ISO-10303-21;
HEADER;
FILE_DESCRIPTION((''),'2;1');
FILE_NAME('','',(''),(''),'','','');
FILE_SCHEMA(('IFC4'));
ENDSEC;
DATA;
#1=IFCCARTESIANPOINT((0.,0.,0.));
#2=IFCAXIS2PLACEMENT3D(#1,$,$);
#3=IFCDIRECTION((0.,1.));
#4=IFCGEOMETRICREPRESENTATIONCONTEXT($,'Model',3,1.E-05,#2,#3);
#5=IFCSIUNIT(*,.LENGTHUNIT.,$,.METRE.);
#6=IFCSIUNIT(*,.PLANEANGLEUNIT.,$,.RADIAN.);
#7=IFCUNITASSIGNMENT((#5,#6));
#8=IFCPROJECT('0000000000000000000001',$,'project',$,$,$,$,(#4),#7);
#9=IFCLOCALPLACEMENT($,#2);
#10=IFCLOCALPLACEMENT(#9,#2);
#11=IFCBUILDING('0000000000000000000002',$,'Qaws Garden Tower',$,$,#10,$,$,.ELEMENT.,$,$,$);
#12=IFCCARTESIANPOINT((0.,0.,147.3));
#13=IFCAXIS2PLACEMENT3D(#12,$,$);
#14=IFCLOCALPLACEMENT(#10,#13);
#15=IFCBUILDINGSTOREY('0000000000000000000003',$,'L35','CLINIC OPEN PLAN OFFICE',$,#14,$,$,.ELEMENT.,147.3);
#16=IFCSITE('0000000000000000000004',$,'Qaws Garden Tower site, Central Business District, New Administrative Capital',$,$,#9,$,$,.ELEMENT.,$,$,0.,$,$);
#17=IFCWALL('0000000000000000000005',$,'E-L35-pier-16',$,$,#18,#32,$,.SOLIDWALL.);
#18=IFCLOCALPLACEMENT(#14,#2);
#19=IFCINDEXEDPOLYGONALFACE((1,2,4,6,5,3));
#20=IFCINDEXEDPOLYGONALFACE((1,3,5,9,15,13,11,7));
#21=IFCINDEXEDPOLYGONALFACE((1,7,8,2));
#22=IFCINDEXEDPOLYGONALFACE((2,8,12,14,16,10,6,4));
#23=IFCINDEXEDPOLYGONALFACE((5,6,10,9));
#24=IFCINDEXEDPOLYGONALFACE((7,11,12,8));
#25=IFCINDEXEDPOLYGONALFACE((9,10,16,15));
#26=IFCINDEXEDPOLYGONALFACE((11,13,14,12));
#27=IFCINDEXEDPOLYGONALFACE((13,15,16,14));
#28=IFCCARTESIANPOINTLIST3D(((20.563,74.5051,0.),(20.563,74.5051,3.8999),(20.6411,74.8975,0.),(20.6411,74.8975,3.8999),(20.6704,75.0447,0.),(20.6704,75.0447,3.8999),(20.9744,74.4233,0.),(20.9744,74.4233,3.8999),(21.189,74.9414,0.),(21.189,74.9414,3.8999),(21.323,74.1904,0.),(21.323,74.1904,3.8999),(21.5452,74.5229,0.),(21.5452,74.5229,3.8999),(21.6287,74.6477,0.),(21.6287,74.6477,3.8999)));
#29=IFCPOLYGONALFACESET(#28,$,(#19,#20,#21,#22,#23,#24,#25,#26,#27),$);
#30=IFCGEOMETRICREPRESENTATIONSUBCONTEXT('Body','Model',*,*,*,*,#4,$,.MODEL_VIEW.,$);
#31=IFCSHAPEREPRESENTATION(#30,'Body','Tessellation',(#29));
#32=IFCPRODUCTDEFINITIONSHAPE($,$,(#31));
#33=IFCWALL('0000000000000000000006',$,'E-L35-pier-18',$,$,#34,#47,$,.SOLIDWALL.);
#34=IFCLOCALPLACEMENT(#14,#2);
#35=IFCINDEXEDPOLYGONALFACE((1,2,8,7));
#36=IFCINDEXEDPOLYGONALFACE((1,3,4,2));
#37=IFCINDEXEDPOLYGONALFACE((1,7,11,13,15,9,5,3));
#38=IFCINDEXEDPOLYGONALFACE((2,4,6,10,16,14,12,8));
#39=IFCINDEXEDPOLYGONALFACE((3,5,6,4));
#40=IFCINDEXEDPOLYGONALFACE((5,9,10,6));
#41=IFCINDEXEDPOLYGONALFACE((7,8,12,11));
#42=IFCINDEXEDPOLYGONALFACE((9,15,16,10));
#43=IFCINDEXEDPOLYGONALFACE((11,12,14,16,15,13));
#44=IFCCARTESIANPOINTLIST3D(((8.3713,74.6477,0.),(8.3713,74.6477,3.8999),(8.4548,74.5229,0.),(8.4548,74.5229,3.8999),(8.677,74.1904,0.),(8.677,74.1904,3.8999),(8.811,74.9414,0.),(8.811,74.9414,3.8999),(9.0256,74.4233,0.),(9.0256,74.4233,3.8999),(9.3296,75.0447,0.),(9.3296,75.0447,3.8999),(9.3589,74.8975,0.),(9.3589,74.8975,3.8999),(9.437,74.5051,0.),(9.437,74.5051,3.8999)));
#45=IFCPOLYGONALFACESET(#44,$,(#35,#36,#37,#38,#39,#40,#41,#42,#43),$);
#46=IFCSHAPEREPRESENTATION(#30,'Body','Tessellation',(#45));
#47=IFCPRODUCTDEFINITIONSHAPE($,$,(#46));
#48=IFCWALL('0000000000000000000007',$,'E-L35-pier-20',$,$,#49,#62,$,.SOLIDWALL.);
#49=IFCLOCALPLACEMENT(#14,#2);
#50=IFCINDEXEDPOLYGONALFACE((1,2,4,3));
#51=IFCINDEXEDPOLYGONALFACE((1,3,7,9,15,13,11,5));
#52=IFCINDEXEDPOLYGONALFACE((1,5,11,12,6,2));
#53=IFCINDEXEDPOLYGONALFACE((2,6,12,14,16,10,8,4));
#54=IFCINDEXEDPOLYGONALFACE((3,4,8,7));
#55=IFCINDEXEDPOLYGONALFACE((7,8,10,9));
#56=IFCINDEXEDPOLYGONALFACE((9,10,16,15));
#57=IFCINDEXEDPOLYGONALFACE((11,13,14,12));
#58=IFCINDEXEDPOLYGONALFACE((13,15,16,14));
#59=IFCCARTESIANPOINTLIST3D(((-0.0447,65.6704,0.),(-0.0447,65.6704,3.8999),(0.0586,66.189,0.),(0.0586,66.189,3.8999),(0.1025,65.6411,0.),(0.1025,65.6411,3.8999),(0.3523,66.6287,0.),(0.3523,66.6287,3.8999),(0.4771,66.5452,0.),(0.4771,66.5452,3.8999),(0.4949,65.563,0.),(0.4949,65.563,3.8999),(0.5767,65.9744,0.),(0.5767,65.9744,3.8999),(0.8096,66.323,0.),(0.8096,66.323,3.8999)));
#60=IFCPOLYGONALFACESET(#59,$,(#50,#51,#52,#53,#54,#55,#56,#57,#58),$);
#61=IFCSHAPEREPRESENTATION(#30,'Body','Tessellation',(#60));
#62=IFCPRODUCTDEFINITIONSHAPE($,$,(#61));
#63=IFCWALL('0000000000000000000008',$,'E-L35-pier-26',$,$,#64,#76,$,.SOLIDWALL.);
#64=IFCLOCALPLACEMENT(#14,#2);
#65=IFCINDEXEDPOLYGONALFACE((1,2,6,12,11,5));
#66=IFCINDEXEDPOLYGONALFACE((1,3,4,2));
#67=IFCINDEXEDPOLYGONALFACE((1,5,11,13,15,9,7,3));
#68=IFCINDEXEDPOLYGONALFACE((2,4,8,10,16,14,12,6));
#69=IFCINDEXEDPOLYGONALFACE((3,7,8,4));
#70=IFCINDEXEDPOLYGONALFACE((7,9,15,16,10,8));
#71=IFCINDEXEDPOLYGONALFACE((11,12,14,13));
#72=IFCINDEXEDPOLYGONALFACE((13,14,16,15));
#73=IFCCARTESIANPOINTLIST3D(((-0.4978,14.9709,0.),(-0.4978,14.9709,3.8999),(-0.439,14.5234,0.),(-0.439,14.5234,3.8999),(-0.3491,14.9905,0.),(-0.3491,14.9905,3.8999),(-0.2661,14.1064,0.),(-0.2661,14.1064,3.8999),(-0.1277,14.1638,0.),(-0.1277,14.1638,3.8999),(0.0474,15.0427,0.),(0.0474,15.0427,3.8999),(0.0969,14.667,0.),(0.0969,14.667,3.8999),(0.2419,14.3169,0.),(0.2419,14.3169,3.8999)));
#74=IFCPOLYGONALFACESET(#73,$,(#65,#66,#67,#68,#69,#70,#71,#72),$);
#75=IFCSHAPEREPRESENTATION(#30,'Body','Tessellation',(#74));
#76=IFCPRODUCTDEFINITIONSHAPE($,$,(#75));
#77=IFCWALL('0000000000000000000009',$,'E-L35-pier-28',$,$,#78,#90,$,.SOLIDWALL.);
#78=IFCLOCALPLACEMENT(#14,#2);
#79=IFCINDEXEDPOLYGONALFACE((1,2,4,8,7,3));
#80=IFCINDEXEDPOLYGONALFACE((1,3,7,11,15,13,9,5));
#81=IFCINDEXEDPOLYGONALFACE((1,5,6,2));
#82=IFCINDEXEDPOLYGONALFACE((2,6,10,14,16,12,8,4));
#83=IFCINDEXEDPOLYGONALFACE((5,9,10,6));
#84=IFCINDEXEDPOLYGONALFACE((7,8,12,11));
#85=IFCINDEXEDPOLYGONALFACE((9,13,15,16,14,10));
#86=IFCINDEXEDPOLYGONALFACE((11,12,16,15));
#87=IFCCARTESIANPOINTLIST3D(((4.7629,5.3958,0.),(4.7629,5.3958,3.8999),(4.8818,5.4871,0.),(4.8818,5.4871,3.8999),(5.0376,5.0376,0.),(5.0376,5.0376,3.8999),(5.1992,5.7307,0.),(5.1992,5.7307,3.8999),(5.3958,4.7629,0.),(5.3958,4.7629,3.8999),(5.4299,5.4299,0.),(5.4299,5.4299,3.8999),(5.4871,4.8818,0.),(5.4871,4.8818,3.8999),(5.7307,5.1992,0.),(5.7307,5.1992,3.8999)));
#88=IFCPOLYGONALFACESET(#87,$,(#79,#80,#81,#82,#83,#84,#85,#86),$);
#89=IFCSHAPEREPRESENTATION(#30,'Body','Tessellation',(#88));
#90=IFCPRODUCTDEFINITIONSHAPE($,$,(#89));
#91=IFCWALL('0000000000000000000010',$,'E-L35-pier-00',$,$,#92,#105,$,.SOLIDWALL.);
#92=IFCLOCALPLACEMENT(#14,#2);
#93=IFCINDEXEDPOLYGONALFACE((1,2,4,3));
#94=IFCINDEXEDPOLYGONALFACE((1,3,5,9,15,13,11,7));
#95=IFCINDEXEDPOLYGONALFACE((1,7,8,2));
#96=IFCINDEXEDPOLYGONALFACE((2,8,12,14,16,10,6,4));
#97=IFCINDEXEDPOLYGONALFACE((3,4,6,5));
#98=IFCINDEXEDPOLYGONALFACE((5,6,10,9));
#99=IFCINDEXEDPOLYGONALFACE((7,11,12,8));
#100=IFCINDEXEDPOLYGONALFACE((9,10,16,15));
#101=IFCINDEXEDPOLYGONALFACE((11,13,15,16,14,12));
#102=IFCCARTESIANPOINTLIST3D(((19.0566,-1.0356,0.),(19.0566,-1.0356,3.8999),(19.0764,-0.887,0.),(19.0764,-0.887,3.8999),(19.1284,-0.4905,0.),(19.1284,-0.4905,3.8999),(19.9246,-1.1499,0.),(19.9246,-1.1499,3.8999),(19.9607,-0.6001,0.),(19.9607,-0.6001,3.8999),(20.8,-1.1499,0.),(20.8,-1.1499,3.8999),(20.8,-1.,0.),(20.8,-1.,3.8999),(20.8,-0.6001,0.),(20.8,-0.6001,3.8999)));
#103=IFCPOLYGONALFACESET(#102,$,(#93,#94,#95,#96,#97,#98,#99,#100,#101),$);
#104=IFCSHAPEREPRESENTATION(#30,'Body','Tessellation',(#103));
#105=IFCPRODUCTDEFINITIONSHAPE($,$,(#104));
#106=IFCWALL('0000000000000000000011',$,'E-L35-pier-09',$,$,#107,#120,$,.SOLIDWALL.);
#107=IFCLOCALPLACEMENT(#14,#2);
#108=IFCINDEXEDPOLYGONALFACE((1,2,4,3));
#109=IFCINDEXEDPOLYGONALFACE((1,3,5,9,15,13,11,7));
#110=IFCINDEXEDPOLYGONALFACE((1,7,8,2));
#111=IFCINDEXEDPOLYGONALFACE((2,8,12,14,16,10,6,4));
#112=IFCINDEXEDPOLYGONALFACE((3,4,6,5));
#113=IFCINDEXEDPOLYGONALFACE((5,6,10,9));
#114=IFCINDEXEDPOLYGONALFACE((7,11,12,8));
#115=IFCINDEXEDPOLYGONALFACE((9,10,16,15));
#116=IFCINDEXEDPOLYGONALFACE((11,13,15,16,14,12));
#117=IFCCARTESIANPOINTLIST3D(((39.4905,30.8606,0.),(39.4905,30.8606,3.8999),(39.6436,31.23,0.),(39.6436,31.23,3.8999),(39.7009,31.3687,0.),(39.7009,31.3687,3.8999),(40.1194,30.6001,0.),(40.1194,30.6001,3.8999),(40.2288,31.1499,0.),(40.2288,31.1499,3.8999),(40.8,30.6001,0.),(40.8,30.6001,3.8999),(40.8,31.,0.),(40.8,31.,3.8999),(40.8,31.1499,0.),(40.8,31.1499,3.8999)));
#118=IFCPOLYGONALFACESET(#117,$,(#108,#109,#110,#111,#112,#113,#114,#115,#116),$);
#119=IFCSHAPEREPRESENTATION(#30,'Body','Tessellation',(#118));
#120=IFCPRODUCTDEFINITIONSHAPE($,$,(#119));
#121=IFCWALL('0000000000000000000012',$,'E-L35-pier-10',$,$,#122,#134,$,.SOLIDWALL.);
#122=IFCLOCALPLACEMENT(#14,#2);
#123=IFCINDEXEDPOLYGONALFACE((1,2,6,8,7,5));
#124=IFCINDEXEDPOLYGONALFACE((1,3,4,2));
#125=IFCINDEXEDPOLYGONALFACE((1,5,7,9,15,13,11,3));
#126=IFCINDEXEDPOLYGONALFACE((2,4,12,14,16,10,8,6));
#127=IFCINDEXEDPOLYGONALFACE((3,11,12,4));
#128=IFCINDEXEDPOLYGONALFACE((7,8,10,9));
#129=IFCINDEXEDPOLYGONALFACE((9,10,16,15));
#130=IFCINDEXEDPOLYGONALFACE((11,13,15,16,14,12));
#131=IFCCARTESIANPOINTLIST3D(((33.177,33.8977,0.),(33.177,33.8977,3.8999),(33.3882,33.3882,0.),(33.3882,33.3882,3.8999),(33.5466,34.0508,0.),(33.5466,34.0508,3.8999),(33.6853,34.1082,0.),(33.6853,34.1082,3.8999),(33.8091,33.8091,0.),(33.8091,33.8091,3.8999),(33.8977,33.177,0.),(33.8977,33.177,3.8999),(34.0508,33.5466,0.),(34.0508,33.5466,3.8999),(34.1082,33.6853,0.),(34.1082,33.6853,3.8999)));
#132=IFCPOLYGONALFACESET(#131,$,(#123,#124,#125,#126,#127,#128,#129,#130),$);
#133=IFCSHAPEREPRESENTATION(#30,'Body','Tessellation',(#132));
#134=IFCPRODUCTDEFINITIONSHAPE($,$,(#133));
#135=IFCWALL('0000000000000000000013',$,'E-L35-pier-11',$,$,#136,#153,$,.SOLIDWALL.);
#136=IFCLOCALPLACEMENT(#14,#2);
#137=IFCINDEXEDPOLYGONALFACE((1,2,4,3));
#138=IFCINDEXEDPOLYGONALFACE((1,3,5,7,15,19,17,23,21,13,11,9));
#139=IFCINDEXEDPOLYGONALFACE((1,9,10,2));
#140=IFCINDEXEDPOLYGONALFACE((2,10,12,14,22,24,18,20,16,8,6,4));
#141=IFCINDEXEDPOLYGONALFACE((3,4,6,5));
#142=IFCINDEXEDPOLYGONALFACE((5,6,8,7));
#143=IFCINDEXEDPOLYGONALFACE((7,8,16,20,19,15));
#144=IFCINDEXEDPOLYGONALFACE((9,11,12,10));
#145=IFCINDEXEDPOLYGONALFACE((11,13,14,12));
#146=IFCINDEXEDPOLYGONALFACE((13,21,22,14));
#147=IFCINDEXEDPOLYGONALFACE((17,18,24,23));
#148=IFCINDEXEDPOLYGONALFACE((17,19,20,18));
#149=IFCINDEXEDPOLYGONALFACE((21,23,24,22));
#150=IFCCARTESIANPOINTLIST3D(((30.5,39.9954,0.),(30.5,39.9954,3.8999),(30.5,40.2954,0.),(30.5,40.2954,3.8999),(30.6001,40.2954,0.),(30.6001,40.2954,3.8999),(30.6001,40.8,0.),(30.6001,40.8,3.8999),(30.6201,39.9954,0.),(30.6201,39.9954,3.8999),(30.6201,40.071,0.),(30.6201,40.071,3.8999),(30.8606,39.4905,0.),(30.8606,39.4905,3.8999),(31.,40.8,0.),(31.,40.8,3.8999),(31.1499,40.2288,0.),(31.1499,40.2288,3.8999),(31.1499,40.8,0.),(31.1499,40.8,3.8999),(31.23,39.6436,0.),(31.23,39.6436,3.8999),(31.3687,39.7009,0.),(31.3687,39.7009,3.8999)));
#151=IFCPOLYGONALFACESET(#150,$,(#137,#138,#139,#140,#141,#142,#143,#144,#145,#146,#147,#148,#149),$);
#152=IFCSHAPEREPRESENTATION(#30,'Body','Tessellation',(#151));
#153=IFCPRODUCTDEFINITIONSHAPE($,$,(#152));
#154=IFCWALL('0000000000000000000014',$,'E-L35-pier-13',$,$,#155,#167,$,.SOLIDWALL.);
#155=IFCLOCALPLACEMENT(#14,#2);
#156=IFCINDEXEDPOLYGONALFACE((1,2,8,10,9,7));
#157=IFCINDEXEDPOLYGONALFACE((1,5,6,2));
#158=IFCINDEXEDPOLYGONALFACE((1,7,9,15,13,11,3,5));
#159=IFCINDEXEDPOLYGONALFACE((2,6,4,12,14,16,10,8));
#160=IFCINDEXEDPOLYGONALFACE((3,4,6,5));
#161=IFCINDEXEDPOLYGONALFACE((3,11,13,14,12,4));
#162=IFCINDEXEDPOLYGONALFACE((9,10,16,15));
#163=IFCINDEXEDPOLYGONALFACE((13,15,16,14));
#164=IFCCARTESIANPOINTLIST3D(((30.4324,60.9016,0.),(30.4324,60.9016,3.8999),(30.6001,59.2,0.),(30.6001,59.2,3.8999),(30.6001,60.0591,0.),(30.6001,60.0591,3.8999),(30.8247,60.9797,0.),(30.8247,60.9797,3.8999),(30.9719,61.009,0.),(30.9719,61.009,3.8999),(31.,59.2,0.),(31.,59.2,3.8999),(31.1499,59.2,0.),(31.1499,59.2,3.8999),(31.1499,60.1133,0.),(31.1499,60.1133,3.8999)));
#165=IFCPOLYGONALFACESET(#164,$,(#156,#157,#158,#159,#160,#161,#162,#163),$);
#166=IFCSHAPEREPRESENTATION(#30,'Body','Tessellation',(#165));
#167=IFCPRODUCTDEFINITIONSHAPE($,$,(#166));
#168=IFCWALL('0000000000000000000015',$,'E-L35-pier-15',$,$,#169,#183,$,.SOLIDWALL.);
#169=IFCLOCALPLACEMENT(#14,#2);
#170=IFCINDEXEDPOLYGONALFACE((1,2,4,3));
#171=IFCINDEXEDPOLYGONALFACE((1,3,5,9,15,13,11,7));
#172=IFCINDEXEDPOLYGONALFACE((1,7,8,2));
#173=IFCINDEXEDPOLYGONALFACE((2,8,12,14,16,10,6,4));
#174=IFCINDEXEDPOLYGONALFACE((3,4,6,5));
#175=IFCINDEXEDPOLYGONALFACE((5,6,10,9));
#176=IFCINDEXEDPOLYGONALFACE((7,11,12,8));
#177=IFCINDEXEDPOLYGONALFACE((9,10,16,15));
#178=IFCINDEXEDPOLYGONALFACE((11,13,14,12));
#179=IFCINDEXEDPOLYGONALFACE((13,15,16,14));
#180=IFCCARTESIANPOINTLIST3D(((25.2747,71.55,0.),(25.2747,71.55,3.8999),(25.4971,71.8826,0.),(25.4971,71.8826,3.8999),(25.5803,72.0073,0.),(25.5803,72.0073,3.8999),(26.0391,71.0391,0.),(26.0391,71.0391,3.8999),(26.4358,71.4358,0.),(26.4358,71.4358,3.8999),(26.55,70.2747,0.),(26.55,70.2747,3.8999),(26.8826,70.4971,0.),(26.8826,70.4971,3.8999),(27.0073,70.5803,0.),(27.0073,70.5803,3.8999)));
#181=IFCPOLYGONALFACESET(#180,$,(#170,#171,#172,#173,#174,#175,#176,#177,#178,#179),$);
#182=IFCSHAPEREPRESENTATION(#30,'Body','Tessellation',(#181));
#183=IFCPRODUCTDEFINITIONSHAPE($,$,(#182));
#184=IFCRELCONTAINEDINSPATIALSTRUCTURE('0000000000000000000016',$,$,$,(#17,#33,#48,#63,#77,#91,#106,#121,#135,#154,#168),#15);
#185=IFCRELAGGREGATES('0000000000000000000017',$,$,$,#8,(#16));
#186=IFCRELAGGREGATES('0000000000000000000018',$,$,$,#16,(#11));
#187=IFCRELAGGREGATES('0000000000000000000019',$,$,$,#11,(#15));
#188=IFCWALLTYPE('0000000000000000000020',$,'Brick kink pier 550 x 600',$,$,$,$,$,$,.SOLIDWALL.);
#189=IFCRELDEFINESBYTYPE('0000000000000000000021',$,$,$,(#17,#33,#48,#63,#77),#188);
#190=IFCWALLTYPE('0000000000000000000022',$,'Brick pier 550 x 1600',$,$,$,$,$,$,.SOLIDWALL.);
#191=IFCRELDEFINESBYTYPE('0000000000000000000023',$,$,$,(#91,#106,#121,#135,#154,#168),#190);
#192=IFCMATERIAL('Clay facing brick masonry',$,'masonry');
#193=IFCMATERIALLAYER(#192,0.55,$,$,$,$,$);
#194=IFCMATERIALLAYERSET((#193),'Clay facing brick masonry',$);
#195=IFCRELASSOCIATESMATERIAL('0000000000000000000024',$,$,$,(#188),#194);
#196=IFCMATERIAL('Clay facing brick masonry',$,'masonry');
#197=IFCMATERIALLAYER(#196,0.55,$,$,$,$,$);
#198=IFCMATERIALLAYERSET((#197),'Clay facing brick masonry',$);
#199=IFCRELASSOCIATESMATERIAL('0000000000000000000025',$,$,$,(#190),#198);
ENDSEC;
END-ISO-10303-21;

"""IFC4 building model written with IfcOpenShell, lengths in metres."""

from ifc_helpers import new_model, si_unit, direction, frame, origin, place, context, subcontext, project, spatial, polyline, outline, extrude, material, layer, layer_set, type_object, element, save


model = new_model("IFC4")

# Units and contexts
model_context = context("Model", 3, precision=1e-05, world=origin(), true_north=direction((0.0, 1.0)))
body_context = subcontext(model_context, "Body", "Model", "MODEL_VIEW")
ifc_project = project(units=[si_unit("LENGTHUNIT", "METRE"), si_unit("PLANEANGLEUNIT", "RADIAN")], contexts=[model_context])

# Site, building, storey
site_placement = place(None, origin())
site = spatial("IfcSite", under=ifc_project, at=site_placement, Name="Qaws Garden Tower site, Central Business District, New Administrative Capital", CompositionType="ELEMENT", RefElevation=0.0)
building_placement = place(site_placement, origin())
building = spatial("IfcBuilding", under=site, at=building_placement, Name="Qaws Garden Tower", CompositionType="ELEMENT")
storey_placement = place(building_placement, frame((0.0, 0.0, 147.3)))
storey = spatial("IfcBuildingStorey", under=building, at=storey_placement, Name="L35", Description="CLINIC OPEN PLAN OFFICE", CompositionType="ELEMENT", Elevation=147.3)

# Walls
placement = place(storey_placement, origin())
ifc_material_1 = material(Name="Clay facing brick masonry", Category="masonry")
ifc_layer_1 = layer(ifc_material_1, 0.55)
ifc_layer_set_1 = layer_set([ifc_layer_1], Name="Clay facing brick masonry")
wall_type_1 = type_object("IfcWallType", Name="Brick kink pier 550 x 600", PredefinedType="SOLIDWALL", material=ifc_layer_set_1)
element("IfcWall", 1, at=placement, inside=storey, type_object=wall_type_1, Name="E-L35-pier-16", PredefinedType="SOLIDWALL", context=body_context, shape_type="SweptSolid", body=[
    extrude(outline(polyline([(21.5452, 74.5229), (21.6287, 74.6477), (21.189, 74.9414), (20.6704, 75.0447), (20.6411, 74.8975), (20.563, 74.5051), (20.9744, 74.4233), (21.323, 74.1904), (21.5452, 74.5229)])), origin(), (0.0, 0.0, 1.0), 3.8999),
])
element("IfcWall", 2, at=placement, inside=storey, type_object=wall_type_1, Name="E-L35-pier-18", PredefinedType="SOLIDWALL", context=body_context, shape_type="SweptSolid", body=[
    extrude(outline(polyline([(9.3589, 74.8975), (9.3296, 75.0447), (8.811, 74.9414), (8.3713, 74.6477), (8.4548, 74.5229), (8.677, 74.1904), (9.0256, 74.4233), (9.437, 74.5051), (9.3589, 74.8975)])), origin(), (0.0, 0.0, 1.0), 3.8999),
])
element("IfcWall", 3, at=placement, inside=storey, type_object=wall_type_1, Name="E-L35-pier-20", PredefinedType="SOLIDWALL", context=body_context, shape_type="SweptSolid", body=[
    extrude(outline(polyline([(0.4771, 66.5452), (0.3523, 66.6287), (0.0586, 66.189), (-0.0447, 65.6704), (0.1025, 65.6411), (0.4949, 65.563), (0.5767, 65.9744), (0.8096, 66.323), (0.4771, 66.5452)])), origin(), (0.0, 0.0, 1.0), 3.8999),
])
element("IfcWall", 4, at=placement, inside=storey, type_object=wall_type_1, Name="E-L35-pier-26", PredefinedType="SOLIDWALL", context=body_context, shape_type="SweptSolid", body=[
    extrude(outline(polyline([(-0.3491, 14.9905), (-0.4978, 14.9709), (-0.439, 14.5234), (-0.2661, 14.1064), (-0.1277, 14.1638), (0.2419, 14.3169), (0.0969, 14.667), (0.0474, 15.0427), (-0.3491, 14.9905)])), origin(), (0.0, 0.0, 1.0), 3.8999),
])
element("IfcWall", 5, at=placement, inside=storey, type_object=wall_type_1, Name="E-L35-pier-28", PredefinedType="SOLIDWALL", context=body_context, shape_type="SweptSolid", body=[
    extrude(outline(polyline([(4.8818, 5.4871), (4.7629, 5.3958), (5.0376, 5.0376), (5.3958, 4.7629), (5.4871, 4.8818), (5.7307, 5.1992), (5.4299, 5.4299), (5.1992, 5.7307), (4.8818, 5.4871)])), origin(), (0.0, 0.0, 1.0), 3.8999),
])
ifc_material_2 = material(Name="Clay facing brick masonry", Category="masonry")
ifc_layer_2 = layer(ifc_material_2, 0.55)
ifc_layer_set_2 = layer_set([ifc_layer_2], Name="Clay facing brick masonry")
wall_type_2 = type_object("IfcWallType", Name="Brick pier 550 x 1600", PredefinedType="SOLIDWALL", material=ifc_layer_set_2)
element("IfcWall", 6, at=placement, inside=storey, type_object=wall_type_2, Name="E-L35-pier-00", PredefinedType="SOLIDWALL", context=body_context, shape_type="SweptSolid", body=[
    extrude(outline(polyline([(19.0764, -0.887), (19.0566, -1.0356), (19.9246, -1.1499), (20.8, -1.1499), (20.8, -1.0), (20.8, -0.6001), (19.9607, -0.6001), (19.1284, -0.4905), (19.0764, -0.887)])), origin(), (0.0, 0.0, 1.0), 3.8999),
])
element("IfcWall", 7, at=placement, inside=storey, type_object=wall_type_2, Name="E-L35-pier-09", PredefinedType="SOLIDWALL", context=body_context, shape_type="SweptSolid", body=[
    extrude(outline(polyline([(40.8, 31.0), (40.8, 31.1499), (40.2288, 31.1499), (39.7009, 31.3687), (39.6436, 31.23), (39.4905, 30.8606), (40.1194, 30.6001), (40.8, 30.6001), (40.8, 31.0)])), origin(), (0.0, 0.0, 1.0), 3.8999),
])
element("IfcWall", 8, at=placement, inside=storey, type_object=wall_type_2, Name="E-L35-pier-10", PredefinedType="SOLIDWALL", context=body_context, shape_type="SweptSolid", body=[
    extrude(outline(polyline([(34.0508, 33.5466), (34.1082, 33.6853), (33.8091, 33.8091), (33.6853, 34.1082), (33.5466, 34.0508), (33.177, 33.8977), (33.3882, 33.3882), (33.8977, 33.177), (34.0508, 33.5466)])), origin(), (0.0, 0.0, 1.0), 3.8999),
])
element("IfcWall", 9, at=placement, inside=storey, type_object=wall_type_2, Name="E-L35-pier-11", PredefinedType="SOLIDWALL", context=body_context, shape_type="SweptSolid", body=[
    extrude(outline(polyline([(30.6201, 39.9954), (30.6201, 40.071), (30.8606, 39.4905), (31.23, 39.6436), (31.3687, 39.7009), (31.1499, 40.2288), (31.1499, 40.8), (31.0, 40.8), (30.6001, 40.8), (30.6001, 40.2954), (30.5, 40.2954), (30.5, 39.9954), (30.6201, 39.9954)])), origin(), (0.0, 0.0, 1.0), 3.8999),
])
element("IfcWall", 10, at=placement, inside=storey, type_object=wall_type_2, Name="E-L35-pier-13", PredefinedType="SOLIDWALL", context=body_context, shape_type="SweptSolid", body=[
    extrude(outline(polyline([(31.0, 59.2), (31.1499, 59.2), (31.1499, 60.1133), (30.9719, 61.009), (30.8247, 60.9797), (30.4324, 60.9016), (30.6001, 60.0591), (30.6001, 59.2), (31.0, 59.2)])), origin(), (0.0, 0.0, 1.0), 3.8999),
])
element("IfcWall", 11, at=placement, inside=storey, type_object=wall_type_2, Name="E-L35-pier-15", PredefinedType="SOLIDWALL", context=body_context, shape_type="SweptSolid", body=[
    extrude(outline(polyline([(26.8826, 70.4971), (27.0073, 70.5803), (26.4358, 71.4358), (25.5803, 72.0073), (25.4971, 71.8826), (25.2747, 71.55), (26.0391, 71.0391), (26.55, 70.2747), (26.8826, 70.4971)])), origin(), (0.0, 0.0, 1.0), 3.8999),
])

save(model, "model.ifc")
